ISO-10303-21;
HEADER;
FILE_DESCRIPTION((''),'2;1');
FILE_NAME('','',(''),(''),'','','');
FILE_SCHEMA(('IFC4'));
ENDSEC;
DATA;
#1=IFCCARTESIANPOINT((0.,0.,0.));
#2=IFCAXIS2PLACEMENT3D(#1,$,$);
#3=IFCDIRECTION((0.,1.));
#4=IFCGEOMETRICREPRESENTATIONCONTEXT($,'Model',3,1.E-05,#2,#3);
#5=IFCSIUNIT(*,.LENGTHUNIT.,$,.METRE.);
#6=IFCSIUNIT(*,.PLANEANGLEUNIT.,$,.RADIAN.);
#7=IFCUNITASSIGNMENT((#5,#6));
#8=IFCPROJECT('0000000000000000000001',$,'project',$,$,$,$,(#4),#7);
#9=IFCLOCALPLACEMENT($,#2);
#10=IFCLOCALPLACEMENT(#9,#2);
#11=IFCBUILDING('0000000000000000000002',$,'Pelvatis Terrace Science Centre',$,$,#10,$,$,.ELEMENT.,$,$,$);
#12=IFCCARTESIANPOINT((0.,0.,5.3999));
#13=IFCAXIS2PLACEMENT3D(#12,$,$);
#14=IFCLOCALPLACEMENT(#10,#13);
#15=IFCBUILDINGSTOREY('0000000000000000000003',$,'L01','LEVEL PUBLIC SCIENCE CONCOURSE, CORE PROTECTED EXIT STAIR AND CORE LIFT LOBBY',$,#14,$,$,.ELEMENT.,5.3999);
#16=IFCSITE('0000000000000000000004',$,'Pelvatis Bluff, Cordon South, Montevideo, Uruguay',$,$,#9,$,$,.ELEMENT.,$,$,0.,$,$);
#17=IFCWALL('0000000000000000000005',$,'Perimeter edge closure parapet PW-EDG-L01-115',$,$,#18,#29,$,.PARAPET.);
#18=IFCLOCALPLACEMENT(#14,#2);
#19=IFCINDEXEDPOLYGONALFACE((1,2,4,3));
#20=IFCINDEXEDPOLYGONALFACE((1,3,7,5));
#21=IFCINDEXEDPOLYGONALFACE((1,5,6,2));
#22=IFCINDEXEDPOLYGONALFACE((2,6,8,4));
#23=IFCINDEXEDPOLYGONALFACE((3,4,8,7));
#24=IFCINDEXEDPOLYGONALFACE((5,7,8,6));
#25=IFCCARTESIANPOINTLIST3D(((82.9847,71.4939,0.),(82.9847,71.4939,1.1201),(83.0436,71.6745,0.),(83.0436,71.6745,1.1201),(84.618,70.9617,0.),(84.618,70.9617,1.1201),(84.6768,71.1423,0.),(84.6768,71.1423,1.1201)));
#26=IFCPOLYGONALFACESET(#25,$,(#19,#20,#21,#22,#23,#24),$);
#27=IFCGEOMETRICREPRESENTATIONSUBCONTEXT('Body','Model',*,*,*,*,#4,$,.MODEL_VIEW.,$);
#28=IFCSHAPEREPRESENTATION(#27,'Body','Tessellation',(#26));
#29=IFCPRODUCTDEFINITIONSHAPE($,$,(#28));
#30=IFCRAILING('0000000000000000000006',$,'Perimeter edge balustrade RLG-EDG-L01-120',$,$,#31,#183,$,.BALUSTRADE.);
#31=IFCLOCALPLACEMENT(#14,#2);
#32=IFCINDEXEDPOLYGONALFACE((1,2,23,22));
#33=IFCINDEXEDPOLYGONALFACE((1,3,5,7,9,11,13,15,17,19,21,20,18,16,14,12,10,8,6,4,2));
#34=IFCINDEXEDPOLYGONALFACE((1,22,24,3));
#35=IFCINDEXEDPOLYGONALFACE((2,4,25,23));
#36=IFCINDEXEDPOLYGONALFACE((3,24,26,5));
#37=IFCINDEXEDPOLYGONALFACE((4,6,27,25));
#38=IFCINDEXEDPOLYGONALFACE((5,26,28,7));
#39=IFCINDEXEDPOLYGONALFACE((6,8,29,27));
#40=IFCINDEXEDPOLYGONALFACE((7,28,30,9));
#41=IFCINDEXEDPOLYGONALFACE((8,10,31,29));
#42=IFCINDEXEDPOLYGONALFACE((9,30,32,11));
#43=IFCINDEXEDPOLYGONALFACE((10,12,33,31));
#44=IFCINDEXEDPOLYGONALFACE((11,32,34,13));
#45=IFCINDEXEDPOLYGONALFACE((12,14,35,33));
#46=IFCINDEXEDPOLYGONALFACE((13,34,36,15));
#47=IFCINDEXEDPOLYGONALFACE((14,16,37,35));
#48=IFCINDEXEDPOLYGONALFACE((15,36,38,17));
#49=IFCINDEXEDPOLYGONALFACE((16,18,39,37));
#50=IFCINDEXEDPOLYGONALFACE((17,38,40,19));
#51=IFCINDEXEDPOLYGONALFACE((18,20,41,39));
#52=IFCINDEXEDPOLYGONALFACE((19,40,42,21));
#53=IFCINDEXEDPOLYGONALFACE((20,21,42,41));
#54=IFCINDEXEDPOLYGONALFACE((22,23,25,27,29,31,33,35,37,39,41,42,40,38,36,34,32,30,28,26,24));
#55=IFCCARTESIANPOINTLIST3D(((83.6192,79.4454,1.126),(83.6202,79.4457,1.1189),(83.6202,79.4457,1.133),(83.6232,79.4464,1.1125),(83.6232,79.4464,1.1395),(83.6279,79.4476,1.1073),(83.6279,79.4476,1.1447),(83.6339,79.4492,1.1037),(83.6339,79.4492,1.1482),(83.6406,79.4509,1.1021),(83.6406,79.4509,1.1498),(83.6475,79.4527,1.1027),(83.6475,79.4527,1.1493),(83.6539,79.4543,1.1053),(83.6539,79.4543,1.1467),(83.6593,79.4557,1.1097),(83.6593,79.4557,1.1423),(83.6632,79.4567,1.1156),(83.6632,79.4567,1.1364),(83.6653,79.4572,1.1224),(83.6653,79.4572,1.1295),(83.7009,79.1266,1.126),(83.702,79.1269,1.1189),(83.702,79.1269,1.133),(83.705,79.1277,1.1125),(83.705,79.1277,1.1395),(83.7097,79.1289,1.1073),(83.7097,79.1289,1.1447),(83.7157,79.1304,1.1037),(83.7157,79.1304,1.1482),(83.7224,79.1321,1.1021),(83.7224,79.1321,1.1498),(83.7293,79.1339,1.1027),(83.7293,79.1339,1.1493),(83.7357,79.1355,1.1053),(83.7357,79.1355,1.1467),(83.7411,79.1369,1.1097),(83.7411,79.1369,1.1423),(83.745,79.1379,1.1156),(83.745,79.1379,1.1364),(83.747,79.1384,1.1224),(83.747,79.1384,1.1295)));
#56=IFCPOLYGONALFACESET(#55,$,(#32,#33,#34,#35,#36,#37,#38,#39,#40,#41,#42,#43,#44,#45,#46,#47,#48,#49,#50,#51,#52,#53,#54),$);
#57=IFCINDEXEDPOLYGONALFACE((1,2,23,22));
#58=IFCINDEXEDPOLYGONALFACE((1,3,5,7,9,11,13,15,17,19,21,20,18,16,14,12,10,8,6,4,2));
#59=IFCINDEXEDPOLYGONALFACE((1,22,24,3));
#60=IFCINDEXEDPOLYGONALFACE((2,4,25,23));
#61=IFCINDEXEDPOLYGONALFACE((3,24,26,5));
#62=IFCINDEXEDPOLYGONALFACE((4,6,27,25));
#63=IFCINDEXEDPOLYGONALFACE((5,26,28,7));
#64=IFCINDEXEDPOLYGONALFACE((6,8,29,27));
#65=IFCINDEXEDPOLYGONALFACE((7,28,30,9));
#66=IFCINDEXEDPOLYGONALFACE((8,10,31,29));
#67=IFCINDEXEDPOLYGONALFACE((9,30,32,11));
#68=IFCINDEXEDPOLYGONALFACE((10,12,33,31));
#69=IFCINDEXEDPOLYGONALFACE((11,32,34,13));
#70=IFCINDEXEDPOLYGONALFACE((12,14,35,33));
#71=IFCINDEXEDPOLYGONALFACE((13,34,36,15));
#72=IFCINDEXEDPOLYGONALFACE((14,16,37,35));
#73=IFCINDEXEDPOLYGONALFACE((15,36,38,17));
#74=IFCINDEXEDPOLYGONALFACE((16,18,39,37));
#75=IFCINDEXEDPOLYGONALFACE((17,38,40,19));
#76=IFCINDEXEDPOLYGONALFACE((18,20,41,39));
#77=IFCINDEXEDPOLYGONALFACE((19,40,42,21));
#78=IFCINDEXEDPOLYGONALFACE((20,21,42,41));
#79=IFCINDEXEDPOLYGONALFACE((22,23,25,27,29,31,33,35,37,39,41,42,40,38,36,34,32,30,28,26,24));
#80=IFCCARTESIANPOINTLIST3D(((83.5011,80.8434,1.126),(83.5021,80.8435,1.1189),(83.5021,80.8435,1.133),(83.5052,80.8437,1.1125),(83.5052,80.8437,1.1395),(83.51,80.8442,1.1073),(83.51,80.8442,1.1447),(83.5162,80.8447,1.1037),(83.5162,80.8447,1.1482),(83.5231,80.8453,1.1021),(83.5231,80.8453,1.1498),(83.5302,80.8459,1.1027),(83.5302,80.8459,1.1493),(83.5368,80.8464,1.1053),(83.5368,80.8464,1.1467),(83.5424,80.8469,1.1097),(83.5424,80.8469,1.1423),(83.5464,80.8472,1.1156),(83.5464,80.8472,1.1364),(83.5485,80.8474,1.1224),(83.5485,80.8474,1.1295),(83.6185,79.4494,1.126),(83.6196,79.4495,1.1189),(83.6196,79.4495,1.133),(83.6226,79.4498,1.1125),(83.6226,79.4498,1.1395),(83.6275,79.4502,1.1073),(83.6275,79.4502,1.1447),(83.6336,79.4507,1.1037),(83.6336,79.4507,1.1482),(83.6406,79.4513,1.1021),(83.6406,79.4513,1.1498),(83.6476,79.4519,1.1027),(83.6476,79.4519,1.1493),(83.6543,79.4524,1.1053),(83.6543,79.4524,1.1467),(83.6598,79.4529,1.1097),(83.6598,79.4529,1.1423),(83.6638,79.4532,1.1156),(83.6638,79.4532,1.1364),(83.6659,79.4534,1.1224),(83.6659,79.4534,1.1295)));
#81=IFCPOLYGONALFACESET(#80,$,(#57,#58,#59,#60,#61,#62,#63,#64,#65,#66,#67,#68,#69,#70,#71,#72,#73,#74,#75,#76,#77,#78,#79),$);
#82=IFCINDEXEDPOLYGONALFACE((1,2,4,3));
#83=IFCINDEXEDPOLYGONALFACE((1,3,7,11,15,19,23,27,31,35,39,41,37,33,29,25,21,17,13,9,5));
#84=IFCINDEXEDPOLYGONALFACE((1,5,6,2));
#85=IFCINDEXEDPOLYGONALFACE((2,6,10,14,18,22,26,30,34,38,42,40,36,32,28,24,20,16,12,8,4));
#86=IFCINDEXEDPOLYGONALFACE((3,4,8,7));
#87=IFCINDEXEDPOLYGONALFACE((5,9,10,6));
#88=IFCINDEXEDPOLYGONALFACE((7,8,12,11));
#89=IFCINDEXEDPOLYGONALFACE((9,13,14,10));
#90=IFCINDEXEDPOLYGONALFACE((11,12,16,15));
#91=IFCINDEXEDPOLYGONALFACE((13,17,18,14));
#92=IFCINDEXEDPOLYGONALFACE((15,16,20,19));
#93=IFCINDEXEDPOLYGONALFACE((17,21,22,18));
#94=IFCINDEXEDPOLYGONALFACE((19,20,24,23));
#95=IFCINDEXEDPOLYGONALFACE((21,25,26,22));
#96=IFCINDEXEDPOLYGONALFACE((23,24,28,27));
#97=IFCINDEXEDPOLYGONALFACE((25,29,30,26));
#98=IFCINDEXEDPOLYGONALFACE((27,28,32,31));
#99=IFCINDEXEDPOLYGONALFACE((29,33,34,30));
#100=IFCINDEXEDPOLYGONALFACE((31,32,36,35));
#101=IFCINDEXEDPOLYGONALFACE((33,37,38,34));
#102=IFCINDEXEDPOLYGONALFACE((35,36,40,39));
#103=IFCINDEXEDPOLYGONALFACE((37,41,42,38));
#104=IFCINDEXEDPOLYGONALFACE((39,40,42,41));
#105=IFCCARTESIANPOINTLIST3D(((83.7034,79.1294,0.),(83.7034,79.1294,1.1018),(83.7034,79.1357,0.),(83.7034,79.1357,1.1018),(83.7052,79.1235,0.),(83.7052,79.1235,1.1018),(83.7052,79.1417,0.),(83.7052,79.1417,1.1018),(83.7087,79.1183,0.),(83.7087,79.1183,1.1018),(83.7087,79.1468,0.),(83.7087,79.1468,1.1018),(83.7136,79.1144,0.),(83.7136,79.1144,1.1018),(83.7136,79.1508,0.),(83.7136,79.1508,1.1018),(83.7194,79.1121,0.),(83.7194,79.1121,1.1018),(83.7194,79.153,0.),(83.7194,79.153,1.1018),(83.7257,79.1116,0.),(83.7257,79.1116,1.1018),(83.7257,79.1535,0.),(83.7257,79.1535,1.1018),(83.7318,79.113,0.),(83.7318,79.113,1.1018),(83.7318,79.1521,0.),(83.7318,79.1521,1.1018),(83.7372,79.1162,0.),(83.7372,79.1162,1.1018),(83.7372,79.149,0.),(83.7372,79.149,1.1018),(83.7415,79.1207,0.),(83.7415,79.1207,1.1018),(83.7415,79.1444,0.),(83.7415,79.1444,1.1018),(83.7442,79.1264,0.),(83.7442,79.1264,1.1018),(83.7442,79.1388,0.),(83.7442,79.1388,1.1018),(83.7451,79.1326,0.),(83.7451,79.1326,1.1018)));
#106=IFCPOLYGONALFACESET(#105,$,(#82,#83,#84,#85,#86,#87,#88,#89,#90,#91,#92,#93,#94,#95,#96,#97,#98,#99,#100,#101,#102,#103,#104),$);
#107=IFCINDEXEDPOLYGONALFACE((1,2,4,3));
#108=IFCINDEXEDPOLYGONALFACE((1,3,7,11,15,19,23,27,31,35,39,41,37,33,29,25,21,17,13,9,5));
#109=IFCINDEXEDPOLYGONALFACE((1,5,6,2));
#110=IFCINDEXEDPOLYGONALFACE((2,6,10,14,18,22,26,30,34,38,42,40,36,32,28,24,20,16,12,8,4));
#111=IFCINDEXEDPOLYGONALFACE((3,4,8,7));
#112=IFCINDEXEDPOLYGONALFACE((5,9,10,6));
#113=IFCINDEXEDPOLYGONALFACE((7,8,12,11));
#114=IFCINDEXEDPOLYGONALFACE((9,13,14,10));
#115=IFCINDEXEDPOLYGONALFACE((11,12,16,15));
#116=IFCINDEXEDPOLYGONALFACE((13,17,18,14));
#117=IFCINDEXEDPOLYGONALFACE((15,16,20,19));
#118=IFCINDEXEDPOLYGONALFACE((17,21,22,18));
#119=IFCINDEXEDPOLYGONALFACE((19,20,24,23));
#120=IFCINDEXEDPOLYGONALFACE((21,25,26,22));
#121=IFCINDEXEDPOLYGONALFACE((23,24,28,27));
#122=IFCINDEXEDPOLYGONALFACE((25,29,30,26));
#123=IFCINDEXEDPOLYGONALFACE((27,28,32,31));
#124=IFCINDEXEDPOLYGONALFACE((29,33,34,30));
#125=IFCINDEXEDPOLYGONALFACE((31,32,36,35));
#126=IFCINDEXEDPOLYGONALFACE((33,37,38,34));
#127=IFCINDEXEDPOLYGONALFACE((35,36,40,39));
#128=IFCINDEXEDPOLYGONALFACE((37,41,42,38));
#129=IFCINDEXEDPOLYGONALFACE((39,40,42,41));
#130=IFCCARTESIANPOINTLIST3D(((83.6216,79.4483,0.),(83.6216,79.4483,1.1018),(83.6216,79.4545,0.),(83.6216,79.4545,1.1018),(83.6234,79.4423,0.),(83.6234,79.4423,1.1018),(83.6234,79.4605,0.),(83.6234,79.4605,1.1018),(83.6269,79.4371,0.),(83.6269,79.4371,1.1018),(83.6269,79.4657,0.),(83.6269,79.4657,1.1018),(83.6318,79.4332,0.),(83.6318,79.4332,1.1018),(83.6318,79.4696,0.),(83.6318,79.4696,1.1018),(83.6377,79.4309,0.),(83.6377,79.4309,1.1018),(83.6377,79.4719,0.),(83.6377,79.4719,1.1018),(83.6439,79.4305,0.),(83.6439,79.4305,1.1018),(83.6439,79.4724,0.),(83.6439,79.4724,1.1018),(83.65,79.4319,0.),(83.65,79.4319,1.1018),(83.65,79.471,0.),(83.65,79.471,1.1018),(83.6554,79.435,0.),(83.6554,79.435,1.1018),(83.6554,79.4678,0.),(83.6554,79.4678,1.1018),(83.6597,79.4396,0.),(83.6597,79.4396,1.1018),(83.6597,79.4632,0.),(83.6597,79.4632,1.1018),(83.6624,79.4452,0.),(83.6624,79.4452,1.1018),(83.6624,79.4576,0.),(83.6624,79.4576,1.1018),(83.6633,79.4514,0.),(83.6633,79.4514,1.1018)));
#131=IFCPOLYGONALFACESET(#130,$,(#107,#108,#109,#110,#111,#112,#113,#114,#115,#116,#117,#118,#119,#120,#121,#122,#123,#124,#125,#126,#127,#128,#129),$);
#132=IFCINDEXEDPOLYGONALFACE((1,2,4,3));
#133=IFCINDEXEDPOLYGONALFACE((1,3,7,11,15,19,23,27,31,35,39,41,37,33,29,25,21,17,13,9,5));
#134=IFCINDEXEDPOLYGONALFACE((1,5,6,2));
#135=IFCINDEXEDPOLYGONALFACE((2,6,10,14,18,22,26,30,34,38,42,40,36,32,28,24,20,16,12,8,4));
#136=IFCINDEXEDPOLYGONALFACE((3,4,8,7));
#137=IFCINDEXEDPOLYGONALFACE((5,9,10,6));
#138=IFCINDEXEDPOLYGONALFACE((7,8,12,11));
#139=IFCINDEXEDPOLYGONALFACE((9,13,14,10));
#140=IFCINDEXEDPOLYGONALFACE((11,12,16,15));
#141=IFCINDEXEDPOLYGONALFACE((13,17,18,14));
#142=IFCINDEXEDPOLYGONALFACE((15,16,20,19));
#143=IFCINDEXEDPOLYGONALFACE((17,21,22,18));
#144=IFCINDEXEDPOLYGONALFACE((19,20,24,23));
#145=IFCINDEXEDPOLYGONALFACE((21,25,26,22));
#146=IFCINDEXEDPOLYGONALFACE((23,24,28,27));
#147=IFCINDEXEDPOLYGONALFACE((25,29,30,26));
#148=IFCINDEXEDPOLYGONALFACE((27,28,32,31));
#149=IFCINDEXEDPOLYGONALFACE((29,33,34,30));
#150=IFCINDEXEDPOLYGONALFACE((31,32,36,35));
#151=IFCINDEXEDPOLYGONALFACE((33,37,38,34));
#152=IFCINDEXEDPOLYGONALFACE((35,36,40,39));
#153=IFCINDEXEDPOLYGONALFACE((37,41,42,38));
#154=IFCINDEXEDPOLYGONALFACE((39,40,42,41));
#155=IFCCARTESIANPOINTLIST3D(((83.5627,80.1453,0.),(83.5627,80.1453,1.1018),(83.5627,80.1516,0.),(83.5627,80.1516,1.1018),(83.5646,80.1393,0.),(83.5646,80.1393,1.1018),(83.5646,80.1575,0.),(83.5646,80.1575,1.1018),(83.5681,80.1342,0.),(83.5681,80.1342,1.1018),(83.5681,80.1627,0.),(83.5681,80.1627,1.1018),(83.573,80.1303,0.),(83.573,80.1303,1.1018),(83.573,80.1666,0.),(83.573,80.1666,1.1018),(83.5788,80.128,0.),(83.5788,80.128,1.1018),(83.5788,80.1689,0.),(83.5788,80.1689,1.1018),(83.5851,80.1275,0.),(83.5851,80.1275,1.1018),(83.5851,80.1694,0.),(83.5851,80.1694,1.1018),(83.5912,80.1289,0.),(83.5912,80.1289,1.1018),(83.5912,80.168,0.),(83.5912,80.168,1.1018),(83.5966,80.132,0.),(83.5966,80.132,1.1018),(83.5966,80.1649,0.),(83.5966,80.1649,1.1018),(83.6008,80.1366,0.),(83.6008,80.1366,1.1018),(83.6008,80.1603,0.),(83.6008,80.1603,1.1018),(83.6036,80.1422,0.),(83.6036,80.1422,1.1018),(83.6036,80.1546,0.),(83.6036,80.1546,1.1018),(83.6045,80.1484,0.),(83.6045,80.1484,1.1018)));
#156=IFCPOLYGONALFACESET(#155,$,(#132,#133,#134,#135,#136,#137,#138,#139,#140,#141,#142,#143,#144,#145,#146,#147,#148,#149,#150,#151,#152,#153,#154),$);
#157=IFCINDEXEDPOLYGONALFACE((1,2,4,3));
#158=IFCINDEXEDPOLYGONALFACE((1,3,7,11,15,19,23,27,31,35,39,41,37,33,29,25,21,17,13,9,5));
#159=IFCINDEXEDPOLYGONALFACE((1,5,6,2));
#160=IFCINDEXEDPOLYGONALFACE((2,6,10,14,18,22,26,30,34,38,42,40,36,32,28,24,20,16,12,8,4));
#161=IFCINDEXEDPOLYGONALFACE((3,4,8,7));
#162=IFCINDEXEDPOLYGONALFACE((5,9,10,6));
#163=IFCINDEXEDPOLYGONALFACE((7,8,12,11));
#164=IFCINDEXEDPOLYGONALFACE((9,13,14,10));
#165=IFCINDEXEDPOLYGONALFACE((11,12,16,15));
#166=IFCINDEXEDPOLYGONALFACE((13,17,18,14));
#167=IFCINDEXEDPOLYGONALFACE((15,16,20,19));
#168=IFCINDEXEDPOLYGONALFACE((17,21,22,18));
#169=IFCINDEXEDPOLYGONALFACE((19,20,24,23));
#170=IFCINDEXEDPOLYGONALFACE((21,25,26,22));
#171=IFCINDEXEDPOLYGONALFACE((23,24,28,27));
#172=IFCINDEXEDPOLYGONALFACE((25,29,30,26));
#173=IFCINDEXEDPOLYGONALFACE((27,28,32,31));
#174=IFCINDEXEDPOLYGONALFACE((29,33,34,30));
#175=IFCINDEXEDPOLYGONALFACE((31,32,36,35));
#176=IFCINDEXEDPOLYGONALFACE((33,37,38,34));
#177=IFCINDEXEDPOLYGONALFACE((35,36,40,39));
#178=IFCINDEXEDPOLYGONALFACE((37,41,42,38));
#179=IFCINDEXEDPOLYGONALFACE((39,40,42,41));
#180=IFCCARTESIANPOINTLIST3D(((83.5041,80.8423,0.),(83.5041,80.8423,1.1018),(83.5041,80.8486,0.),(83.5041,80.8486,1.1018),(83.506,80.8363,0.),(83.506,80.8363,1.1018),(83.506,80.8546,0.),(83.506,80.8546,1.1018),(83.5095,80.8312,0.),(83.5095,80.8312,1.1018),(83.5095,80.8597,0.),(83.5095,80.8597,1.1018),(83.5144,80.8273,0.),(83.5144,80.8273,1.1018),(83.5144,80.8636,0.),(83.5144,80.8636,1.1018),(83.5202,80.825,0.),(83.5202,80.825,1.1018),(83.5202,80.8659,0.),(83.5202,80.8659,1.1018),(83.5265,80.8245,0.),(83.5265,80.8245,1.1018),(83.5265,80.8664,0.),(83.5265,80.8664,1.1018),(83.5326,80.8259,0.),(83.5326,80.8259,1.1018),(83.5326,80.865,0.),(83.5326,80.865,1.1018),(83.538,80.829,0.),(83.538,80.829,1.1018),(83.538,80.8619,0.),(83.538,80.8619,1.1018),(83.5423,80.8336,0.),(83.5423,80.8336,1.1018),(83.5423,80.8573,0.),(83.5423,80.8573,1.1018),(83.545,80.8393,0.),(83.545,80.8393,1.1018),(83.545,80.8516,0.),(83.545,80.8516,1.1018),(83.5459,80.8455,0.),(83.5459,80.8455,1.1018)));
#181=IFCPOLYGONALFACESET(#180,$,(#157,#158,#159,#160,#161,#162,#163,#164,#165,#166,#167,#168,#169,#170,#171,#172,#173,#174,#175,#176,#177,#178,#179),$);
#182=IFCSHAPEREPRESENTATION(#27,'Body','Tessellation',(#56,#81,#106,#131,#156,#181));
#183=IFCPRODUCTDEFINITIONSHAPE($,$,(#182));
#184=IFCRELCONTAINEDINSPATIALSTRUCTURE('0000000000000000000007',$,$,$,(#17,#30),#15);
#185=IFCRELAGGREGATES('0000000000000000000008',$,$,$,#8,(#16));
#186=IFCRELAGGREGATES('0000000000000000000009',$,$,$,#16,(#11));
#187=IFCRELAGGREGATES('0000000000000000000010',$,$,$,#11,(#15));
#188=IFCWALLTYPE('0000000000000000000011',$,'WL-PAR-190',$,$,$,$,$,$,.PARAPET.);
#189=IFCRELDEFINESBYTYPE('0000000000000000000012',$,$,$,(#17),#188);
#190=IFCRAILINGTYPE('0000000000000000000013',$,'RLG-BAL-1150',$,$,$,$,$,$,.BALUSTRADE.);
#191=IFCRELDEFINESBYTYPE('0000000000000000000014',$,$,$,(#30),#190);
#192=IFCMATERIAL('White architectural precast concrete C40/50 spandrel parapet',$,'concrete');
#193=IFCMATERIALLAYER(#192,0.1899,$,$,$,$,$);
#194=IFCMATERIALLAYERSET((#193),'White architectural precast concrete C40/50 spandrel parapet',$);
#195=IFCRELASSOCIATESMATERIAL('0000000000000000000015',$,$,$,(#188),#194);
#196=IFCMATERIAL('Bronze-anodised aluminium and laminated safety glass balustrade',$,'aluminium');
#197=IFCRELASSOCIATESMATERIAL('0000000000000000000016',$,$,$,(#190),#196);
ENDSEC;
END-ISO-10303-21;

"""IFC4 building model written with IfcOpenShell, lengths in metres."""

from ifc_helpers import new_model, si_unit, direction, frame, frame_2d, origin, origin_2d, place, context, subcontext, project, spatial, rectangle, circle, extrude, material, layer, layer_set, type_object, element, save


model = new_model("IFC4")

# Units and contexts
model_context = context("Model", 3, precision=1e-05, world=origin(), true_north=direction((0.0, 1.0)))
body_context = subcontext(model_context, "Body", "Model", "MODEL_VIEW")
ifc_project = project(units=[si_unit("LENGTHUNIT", "METRE"), si_unit("PLANEANGLEUNIT", "RADIAN")], contexts=[model_context])

# Site, building, storey
site_placement = place(None, origin())
site = spatial("IfcSite", under=ifc_project, at=site_placement, Name="Pelvatis Bluff, Cordon South, Montevideo, Uruguay", CompositionType="ELEMENT", RefElevation=0.0)
building_placement = place(site_placement, origin())
building = spatial("IfcBuilding", under=site, at=building_placement, Name="Pelvatis Terrace Science Centre", CompositionType="ELEMENT")
storey_placement = place(building_placement, frame((0.0, 0.0, 5.3999)))
storey = spatial("IfcBuildingStorey", under=building, at=storey_placement, Name="L01", Description="LEVEL PUBLIC SCIENCE CONCOURSE, CORE PROTECTED EXIT STAIR AND CORE LIFT LOBBY", CompositionType="ELEMENT", Elevation=5.3999)

# Wall
ifc_material_1 = material(Name="White architectural precast concrete C40/50 spandrel parapet", Category="concrete")
ifc_layer_1 = layer(ifc_material_1, 0.1899)
ifc_layer_set_1 = layer_set([ifc_layer_1], Name="White architectural precast concrete C40/50 spandrel parapet")
wall_type_1 = type_object("IfcWallType", Name="WL-PAR-190", PredefinedType="PARAPET", material=ifc_layer_set_1)
wall_1_placement = place(storey_placement, frame((83.0142, 71.5842, 0.0), z_axis=(0.0, 0.0, 1.0), x_axis=(0.950794, -0.309825, 0.0)))
element("IfcWall", 1, at=wall_1_placement, inside=storey, type_object=wall_type_1, Name="Perimeter edge closure parapet PW-EDG-L01-115", PredefinedType="PARAPET", context=body_context, shape_type="SweptSolid", body=[
    extrude(rectangle(XDim=1.7178, YDim=0.1899, at=frame_2d((0.8589, 0.0))), origin(), (0.0, 0.0, 1.0), 1.1201),
])

# Railing
ifc_material_2 = material(Name="Bronze-anodised aluminium and laminated safety glass balustrade", Category="aluminium")
railing_type = type_object("IfcRailingType", Name="RLG-BAL-1150", PredefinedType="BALUSTRADE", material=ifc_material_2)
railing_1_placement = place(storey_placement, frame((83.7241, 79.1326, 0.0)))
element("IfcRailing", 2, at=railing_1_placement, inside=storey, type_object=railing_type, Name="Perimeter edge balustrade RLG-EDG-L01-120", PredefinedType="BALUSTRADE", context=body_context, shape_type="SweptSolid", body=[
    extrude(circle(Radius=0.0239, at=origin_2d()), frame((0.0, 0.0, 1.126), z_axis=(-0.248465, 0.968641, 0.0), x_axis=(-0.968641, -0.248465, 0.0)), (0.0, 0.0, 1.0), 0.3291),
    extrude(circle(Radius=0.0239, at=origin_2d()), frame((-0.0818, 0.3188, 1.126), z_axis=(-0.083941, 0.996471, 0.0), x_axis=(-0.996471, -0.083941, 0.0)), (0.0, 0.0, 1.0), 1.3989),
    extrude(circle(Radius=0.021, at=origin_2d()), origin(), (0.0, 0.0, 1.0), 1.1018),
    extrude(circle(Radius=0.021, at=origin_2d()), frame((-0.0818, 0.3188, 0.0)), (0.0, 0.0, 1.0), 1.1018),
    extrude(circle(Radius=0.021, at=origin_2d()), frame((-0.1406, 1.0159, 0.0)), (0.0, 0.0, 1.0), 1.1018),
    extrude(circle(Radius=0.021, at=origin_2d()), frame((-0.1992, 1.7129, 0.0)), (0.0, 0.0, 1.0), 1.1018),
])

save(model, "model.ifc")
